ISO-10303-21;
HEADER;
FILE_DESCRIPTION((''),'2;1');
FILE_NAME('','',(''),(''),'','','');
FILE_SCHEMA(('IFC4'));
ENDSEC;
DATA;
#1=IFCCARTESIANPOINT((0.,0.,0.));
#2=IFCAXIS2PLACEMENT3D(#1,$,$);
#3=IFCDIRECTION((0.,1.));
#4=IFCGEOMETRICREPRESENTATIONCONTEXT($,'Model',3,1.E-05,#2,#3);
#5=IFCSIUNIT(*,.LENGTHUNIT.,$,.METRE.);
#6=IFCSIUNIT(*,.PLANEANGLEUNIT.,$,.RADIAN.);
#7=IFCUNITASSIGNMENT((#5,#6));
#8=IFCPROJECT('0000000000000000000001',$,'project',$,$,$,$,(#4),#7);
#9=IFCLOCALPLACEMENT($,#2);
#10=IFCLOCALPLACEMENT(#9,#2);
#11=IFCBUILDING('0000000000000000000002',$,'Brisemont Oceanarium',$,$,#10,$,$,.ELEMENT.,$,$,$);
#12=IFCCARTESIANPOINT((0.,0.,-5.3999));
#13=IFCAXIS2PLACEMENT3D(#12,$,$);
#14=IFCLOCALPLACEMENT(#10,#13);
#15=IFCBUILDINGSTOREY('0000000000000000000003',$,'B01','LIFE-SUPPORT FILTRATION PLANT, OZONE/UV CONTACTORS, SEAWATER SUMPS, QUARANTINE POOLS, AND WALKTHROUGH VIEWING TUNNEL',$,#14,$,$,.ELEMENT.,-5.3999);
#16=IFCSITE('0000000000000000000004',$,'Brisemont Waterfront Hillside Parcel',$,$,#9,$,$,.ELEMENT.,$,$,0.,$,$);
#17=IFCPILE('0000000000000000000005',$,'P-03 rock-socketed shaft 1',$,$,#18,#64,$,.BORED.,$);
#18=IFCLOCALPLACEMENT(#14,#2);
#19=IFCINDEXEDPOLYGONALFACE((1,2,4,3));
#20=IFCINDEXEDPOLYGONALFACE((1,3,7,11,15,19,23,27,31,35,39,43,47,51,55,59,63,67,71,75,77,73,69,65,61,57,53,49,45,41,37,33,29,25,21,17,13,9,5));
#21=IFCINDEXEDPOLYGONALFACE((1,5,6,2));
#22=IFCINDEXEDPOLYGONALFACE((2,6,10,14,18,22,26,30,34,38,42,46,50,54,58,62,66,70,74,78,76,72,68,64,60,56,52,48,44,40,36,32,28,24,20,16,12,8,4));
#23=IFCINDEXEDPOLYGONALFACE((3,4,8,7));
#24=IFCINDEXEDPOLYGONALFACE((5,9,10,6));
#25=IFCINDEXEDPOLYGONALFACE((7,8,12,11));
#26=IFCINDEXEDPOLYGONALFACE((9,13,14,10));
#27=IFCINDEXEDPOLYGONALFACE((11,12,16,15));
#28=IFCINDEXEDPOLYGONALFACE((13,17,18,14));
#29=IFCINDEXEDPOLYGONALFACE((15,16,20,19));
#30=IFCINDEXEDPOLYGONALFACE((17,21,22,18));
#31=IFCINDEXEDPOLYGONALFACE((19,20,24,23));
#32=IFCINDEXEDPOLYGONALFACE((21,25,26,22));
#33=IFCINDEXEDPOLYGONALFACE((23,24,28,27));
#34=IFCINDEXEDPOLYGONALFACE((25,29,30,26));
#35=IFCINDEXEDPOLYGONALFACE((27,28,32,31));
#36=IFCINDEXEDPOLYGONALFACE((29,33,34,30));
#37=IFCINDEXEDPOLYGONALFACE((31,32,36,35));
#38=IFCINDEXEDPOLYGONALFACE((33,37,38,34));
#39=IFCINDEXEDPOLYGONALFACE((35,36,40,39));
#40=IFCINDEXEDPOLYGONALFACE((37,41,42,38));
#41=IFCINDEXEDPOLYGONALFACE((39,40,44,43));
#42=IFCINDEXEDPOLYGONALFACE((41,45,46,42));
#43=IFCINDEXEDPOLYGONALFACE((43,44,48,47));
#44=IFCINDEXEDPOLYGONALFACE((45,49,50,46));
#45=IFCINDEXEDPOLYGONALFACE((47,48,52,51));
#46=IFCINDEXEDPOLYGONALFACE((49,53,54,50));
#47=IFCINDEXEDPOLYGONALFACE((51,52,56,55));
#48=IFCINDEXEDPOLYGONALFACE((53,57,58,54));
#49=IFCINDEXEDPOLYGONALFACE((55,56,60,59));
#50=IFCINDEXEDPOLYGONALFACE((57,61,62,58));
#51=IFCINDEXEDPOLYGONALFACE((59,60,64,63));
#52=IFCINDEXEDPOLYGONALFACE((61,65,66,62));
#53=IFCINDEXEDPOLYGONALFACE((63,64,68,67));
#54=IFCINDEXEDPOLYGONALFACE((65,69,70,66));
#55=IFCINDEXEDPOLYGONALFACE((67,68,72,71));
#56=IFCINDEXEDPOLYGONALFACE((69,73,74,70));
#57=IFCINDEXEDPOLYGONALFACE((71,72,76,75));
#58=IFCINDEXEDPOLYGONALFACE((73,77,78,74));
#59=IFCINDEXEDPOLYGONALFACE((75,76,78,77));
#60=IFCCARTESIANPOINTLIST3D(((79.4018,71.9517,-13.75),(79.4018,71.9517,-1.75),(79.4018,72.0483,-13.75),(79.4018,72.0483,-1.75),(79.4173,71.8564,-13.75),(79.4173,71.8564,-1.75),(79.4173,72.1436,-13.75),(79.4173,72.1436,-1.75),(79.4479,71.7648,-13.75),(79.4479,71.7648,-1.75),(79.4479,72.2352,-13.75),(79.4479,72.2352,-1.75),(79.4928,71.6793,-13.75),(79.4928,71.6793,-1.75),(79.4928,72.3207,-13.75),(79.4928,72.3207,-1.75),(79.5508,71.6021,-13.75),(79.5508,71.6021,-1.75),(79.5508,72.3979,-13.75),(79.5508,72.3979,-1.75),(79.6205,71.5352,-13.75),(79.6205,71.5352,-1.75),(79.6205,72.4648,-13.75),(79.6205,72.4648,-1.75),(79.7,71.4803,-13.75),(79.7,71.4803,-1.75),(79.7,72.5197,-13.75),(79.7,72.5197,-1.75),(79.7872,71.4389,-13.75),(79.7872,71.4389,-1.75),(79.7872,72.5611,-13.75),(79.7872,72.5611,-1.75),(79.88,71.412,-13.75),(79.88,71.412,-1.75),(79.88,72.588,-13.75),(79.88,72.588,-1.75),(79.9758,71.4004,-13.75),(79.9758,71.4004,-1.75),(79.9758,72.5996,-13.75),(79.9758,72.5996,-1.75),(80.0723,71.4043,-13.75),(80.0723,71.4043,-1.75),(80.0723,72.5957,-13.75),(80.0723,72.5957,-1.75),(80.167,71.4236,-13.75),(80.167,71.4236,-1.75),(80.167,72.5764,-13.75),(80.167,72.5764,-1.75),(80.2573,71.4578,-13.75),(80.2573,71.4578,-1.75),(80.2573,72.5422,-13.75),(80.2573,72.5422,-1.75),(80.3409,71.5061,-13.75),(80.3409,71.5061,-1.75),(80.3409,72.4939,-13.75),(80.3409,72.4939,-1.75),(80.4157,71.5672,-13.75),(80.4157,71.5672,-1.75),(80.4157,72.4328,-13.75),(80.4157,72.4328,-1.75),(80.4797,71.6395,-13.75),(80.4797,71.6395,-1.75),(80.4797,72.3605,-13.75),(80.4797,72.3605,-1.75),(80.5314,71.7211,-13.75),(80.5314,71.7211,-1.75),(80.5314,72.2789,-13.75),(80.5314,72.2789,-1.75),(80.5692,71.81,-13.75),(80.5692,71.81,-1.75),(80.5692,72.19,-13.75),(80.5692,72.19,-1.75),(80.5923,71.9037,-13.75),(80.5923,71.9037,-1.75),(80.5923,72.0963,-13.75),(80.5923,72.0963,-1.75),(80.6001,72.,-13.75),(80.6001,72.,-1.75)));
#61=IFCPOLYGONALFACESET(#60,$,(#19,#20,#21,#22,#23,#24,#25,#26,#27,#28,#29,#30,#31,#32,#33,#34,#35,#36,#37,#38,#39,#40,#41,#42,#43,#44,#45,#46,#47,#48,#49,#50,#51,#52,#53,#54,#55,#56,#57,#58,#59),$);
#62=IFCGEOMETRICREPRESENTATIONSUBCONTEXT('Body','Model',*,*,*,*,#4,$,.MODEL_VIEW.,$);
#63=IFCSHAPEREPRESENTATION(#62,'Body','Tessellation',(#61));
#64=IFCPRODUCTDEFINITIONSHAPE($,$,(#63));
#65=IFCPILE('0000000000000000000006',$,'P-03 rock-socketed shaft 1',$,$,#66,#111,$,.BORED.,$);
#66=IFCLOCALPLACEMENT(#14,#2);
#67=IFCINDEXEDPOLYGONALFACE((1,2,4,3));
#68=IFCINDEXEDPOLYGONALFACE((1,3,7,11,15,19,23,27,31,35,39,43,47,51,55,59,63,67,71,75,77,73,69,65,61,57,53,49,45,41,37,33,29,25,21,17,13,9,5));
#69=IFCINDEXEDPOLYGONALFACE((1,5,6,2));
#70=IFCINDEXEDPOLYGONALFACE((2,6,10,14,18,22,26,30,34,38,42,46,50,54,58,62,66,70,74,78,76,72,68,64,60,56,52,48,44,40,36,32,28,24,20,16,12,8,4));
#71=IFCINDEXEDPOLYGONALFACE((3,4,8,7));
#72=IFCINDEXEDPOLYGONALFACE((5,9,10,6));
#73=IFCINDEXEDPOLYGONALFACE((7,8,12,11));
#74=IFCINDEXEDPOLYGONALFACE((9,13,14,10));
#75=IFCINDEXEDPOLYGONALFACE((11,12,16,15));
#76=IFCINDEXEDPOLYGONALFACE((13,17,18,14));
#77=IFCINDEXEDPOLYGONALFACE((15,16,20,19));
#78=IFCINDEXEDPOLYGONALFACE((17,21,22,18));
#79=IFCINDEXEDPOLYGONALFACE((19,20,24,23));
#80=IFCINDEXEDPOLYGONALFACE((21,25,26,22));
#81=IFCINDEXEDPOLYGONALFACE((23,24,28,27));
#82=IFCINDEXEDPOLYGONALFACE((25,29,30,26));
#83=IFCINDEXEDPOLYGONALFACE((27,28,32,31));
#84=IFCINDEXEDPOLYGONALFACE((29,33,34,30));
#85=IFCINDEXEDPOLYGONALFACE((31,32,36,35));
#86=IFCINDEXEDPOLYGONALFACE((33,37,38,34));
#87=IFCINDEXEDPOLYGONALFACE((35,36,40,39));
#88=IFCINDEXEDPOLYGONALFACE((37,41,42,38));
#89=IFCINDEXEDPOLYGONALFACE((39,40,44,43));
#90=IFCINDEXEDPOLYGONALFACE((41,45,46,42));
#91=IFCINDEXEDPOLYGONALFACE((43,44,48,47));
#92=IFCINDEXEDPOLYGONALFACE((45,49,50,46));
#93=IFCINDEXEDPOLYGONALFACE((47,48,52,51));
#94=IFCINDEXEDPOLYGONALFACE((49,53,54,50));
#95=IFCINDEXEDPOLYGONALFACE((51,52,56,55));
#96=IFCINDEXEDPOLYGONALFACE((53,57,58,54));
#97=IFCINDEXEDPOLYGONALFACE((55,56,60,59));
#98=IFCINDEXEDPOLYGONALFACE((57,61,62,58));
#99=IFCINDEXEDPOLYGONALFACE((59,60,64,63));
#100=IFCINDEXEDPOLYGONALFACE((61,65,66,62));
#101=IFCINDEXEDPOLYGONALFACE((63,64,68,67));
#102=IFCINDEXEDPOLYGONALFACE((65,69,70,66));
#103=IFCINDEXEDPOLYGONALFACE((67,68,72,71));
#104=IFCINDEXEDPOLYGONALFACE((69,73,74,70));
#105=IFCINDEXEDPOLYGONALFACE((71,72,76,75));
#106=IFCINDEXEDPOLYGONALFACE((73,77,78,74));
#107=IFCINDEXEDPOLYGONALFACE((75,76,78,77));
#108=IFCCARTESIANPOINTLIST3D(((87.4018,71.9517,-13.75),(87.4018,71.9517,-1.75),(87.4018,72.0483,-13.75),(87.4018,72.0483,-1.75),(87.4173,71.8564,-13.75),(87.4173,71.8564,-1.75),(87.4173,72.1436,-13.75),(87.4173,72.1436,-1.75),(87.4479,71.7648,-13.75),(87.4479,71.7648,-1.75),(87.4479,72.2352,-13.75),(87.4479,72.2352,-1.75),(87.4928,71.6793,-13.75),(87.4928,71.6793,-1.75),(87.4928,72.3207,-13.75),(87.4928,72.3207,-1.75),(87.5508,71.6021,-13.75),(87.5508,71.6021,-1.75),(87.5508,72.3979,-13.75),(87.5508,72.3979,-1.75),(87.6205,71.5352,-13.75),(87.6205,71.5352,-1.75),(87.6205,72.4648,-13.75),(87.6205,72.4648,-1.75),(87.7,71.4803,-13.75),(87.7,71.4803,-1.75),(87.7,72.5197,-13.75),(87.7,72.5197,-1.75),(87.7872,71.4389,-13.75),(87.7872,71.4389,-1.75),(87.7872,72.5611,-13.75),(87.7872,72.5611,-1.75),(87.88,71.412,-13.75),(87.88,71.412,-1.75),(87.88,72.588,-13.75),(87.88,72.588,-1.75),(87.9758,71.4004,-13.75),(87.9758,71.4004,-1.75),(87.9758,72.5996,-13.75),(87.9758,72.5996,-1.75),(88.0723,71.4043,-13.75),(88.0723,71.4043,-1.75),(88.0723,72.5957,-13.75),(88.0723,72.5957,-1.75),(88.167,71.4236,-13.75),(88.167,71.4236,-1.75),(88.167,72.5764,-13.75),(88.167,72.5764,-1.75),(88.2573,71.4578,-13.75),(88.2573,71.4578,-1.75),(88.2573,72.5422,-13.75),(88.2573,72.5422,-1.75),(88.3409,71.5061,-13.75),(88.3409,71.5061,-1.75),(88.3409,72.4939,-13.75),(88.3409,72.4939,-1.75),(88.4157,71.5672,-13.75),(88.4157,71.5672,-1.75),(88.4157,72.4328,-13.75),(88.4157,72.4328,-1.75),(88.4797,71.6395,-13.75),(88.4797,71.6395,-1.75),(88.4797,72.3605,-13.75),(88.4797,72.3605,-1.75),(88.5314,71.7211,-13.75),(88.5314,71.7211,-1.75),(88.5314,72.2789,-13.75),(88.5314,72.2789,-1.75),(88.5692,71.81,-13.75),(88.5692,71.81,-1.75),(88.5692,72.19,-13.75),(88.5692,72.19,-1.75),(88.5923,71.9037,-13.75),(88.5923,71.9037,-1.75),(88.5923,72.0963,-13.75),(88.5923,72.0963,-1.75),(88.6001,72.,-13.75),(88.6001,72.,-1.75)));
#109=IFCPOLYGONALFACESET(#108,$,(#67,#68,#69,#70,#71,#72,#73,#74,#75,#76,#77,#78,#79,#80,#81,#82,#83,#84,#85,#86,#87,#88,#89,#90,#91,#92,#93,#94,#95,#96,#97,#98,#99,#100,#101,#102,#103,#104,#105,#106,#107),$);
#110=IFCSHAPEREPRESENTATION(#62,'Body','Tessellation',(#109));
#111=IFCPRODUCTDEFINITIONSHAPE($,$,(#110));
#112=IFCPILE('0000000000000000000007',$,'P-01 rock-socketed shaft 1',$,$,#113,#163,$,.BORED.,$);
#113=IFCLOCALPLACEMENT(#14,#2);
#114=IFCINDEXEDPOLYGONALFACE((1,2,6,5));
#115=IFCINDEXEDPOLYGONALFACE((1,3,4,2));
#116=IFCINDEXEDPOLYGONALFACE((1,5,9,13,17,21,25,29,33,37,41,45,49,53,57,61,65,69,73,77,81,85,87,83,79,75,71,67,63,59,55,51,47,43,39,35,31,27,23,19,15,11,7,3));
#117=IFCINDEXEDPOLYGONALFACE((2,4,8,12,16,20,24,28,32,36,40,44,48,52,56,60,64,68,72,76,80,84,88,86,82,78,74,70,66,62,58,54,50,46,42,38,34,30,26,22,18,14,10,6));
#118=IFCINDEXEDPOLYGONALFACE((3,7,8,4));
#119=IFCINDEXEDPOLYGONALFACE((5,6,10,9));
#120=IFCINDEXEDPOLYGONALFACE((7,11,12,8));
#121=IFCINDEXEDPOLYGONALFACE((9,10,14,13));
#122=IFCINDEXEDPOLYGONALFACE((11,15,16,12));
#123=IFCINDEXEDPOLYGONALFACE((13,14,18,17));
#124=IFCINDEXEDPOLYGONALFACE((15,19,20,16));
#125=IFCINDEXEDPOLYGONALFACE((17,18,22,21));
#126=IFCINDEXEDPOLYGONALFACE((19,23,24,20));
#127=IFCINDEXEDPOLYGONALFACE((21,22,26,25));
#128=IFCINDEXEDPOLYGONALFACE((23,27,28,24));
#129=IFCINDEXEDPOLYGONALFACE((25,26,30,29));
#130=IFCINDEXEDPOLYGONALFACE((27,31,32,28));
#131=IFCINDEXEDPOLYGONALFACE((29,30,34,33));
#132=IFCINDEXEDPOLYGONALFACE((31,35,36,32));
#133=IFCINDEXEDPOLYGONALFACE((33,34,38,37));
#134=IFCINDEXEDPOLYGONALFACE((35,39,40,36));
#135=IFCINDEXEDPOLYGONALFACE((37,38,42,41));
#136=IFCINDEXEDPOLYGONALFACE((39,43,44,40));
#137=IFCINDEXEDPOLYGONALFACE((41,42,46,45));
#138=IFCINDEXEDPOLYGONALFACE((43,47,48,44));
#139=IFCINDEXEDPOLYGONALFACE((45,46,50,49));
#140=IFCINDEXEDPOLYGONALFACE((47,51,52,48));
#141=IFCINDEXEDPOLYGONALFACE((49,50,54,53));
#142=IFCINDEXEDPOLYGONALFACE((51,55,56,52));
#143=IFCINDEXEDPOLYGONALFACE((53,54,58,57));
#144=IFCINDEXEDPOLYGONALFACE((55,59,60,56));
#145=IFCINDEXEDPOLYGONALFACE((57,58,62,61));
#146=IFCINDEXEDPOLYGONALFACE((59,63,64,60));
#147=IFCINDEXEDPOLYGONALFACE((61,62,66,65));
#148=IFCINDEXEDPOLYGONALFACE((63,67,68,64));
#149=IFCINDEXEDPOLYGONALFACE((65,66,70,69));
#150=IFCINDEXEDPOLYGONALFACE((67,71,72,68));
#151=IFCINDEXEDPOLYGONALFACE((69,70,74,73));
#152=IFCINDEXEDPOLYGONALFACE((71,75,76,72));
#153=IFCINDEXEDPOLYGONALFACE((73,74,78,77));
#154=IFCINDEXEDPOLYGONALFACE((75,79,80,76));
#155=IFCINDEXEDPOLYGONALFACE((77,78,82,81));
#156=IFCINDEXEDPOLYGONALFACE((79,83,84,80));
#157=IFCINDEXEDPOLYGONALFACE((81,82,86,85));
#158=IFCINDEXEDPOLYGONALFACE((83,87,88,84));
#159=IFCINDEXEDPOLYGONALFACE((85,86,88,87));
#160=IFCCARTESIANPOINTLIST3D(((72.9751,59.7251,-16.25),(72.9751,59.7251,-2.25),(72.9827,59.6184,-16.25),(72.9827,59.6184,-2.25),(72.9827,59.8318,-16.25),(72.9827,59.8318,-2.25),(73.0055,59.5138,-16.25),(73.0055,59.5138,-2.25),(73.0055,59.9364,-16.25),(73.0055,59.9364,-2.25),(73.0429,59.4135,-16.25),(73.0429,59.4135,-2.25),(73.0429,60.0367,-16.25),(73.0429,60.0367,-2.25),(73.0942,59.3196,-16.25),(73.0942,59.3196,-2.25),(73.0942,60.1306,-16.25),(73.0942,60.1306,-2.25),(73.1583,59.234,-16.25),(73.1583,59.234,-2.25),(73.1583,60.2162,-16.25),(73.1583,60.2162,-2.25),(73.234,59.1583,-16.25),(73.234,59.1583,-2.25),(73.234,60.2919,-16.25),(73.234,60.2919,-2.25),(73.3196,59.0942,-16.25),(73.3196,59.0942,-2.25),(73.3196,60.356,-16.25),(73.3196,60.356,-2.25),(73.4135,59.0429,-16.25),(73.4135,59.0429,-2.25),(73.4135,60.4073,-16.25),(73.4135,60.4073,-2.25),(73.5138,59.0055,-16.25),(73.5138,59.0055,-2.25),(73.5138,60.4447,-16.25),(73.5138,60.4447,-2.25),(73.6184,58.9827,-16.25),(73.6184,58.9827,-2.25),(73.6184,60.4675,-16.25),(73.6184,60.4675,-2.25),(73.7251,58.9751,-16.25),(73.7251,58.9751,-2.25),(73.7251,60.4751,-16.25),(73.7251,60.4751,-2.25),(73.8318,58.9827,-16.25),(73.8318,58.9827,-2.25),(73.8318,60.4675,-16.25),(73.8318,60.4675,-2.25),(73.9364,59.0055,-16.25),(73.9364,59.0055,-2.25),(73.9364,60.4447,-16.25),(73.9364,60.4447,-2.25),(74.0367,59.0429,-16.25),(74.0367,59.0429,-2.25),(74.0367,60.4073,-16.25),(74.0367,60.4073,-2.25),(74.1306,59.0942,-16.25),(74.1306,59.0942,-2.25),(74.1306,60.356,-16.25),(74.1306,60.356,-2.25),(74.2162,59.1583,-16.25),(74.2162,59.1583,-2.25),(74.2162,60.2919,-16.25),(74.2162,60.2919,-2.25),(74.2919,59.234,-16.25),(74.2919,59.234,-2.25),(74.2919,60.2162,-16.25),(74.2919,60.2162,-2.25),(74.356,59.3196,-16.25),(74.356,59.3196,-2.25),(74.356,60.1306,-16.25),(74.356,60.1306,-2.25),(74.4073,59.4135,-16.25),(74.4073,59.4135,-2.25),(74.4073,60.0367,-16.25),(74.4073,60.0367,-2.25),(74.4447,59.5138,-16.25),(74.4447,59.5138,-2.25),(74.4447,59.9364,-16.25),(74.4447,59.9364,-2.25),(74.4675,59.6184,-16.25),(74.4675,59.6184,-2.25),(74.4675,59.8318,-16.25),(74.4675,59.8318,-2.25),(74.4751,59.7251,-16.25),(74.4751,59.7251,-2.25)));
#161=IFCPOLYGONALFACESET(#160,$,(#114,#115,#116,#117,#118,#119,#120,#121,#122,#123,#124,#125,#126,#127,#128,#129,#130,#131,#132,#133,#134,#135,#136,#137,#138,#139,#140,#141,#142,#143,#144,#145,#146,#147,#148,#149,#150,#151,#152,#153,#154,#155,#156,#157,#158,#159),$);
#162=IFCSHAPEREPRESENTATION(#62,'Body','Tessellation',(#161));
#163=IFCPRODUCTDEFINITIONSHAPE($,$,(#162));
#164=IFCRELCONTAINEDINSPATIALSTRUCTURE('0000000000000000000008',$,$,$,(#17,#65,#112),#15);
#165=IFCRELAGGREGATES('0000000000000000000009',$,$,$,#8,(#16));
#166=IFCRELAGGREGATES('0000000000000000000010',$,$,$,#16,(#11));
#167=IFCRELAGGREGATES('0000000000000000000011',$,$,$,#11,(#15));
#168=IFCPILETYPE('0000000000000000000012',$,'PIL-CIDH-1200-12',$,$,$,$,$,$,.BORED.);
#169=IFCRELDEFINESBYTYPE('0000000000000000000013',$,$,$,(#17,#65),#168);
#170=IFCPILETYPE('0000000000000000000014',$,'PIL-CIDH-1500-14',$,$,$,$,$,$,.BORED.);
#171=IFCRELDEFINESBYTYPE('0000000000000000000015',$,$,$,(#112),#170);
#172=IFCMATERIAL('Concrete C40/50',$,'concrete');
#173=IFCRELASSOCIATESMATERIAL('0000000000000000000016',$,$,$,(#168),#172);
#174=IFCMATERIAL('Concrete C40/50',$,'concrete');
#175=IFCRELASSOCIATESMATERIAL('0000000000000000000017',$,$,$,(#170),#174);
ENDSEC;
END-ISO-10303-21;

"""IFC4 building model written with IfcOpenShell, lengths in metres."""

from ifc_helpers import new_model, si_unit, direction, frame, origin, origin_2d, place, context, subcontext, project, spatial, circle, extrude, material, material_profile, profile_set, type_object, element, save


model = new_model("IFC4")

# Units and contexts
model_context = context("Model", 3, precision=1e-05, world=origin(), true_north=direction((0.0, 1.0)))
body_context = subcontext(model_context, "Body", "Model", "MODEL_VIEW")
ifc_project = project(units=[si_unit("LENGTHUNIT", "METRE"), si_unit("PLANEANGLEUNIT", "RADIAN")], contexts=[model_context])

# Site, building, storey
site_placement = place(None, origin())
site = spatial("IfcSite", under=ifc_project, at=site_placement, Name="Brisemont Waterfront Hillside Parcel", CompositionType="ELEMENT", RefElevation=0.0)
building_placement = place(site_placement, origin())
building = spatial("IfcBuilding", under=site, at=building_placement, Name="Brisemont Oceanarium", CompositionType="ELEMENT")
storey_placement = place(building_placement, frame((0.0, 0.0, -5.3999)))
storey = spatial("IfcBuildingStorey", under=building, at=storey_placement, Name="B01", Description="LIFE-SUPPORT FILTRATION PLANT, OZONE/UV CONTACTORS, SEAWATER SUMPS, QUARANTINE POOLS, AND WALKTHROUGH VIEWING TUNNEL", CompositionType="ELEMENT", Elevation=-5.3999)

# Piles
ifc_material_1 = material(Name="Concrete C40/50", Category="concrete")
ifc_material_profile_1 = material_profile(ifc_material_1, circle(Radius=0.6001, at=origin_2d()), Name="CIDH-D1200")
ifc_profile_set_1 = profile_set([ifc_material_profile_1], Name="Concrete C40/50")
pile_type_1 = type_object("IfcPileType", Name="PIL-CIDH-1200-12", PredefinedType="BORED", material=ifc_profile_set_1)
for number, where, z_axis, x_axis, name in (
    (1, (80.0, 72.0, -1.75), (0.0, 0.0, -1.0), (1.0, 0.0, 0.0), "P-03 rock-socketed shaft 1"),
    (2, (88.0, 72.0, -1.75), (0.0, 0.0, -1.0), (1.0, 0.0, 0.0), "P-03 rock-socketed shaft 1"),
):
    element("IfcPile", number, at=place(storey_placement, frame(where, z_axis=z_axis, x_axis=x_axis)), inside=storey, type_object=pile_type_1, Name=name, PredefinedType="BORED", context=body_context, shape_type="SweptSolid", body=[
        extrude(circle(Radius=0.6001, at=origin_2d()), origin(), (0.0, 0.0, 1.0), 12.0),
    ])
ifc_material_2 = material(Name="Concrete C40/50", Category="concrete")
ifc_material_profile_2 = material_profile(ifc_material_2, circle(Radius=0.75, at=origin_2d()), Name="CIDH-D1500")
ifc_profile_set_2 = profile_set([ifc_material_profile_2], Name="Concrete C40/50")
pile_type_2 = type_object("IfcPileType", Name="PIL-CIDH-1500-14", PredefinedType="BORED", material=ifc_profile_set_2)
for number, where, z_axis, x_axis, name in (
    (3, (73.7251, 59.7251, -2.25), (0.0, 0.0, -1.0), (1.0, 0.0, 0.0), "P-01 rock-socketed shaft 1"),
):
    element("IfcPile", number, at=place(storey_placement, frame(where, z_axis=z_axis, x_axis=x_axis)), inside=storey, type_object=pile_type_2, Name=name, PredefinedType="BORED", context=body_context, shape_type="SweptSolid", body=[
        extrude(circle(Radius=0.75, at=origin_2d()), origin(), (0.0, 0.0, 1.0), 14.0),
    ])

save(model, "model.ifc")
